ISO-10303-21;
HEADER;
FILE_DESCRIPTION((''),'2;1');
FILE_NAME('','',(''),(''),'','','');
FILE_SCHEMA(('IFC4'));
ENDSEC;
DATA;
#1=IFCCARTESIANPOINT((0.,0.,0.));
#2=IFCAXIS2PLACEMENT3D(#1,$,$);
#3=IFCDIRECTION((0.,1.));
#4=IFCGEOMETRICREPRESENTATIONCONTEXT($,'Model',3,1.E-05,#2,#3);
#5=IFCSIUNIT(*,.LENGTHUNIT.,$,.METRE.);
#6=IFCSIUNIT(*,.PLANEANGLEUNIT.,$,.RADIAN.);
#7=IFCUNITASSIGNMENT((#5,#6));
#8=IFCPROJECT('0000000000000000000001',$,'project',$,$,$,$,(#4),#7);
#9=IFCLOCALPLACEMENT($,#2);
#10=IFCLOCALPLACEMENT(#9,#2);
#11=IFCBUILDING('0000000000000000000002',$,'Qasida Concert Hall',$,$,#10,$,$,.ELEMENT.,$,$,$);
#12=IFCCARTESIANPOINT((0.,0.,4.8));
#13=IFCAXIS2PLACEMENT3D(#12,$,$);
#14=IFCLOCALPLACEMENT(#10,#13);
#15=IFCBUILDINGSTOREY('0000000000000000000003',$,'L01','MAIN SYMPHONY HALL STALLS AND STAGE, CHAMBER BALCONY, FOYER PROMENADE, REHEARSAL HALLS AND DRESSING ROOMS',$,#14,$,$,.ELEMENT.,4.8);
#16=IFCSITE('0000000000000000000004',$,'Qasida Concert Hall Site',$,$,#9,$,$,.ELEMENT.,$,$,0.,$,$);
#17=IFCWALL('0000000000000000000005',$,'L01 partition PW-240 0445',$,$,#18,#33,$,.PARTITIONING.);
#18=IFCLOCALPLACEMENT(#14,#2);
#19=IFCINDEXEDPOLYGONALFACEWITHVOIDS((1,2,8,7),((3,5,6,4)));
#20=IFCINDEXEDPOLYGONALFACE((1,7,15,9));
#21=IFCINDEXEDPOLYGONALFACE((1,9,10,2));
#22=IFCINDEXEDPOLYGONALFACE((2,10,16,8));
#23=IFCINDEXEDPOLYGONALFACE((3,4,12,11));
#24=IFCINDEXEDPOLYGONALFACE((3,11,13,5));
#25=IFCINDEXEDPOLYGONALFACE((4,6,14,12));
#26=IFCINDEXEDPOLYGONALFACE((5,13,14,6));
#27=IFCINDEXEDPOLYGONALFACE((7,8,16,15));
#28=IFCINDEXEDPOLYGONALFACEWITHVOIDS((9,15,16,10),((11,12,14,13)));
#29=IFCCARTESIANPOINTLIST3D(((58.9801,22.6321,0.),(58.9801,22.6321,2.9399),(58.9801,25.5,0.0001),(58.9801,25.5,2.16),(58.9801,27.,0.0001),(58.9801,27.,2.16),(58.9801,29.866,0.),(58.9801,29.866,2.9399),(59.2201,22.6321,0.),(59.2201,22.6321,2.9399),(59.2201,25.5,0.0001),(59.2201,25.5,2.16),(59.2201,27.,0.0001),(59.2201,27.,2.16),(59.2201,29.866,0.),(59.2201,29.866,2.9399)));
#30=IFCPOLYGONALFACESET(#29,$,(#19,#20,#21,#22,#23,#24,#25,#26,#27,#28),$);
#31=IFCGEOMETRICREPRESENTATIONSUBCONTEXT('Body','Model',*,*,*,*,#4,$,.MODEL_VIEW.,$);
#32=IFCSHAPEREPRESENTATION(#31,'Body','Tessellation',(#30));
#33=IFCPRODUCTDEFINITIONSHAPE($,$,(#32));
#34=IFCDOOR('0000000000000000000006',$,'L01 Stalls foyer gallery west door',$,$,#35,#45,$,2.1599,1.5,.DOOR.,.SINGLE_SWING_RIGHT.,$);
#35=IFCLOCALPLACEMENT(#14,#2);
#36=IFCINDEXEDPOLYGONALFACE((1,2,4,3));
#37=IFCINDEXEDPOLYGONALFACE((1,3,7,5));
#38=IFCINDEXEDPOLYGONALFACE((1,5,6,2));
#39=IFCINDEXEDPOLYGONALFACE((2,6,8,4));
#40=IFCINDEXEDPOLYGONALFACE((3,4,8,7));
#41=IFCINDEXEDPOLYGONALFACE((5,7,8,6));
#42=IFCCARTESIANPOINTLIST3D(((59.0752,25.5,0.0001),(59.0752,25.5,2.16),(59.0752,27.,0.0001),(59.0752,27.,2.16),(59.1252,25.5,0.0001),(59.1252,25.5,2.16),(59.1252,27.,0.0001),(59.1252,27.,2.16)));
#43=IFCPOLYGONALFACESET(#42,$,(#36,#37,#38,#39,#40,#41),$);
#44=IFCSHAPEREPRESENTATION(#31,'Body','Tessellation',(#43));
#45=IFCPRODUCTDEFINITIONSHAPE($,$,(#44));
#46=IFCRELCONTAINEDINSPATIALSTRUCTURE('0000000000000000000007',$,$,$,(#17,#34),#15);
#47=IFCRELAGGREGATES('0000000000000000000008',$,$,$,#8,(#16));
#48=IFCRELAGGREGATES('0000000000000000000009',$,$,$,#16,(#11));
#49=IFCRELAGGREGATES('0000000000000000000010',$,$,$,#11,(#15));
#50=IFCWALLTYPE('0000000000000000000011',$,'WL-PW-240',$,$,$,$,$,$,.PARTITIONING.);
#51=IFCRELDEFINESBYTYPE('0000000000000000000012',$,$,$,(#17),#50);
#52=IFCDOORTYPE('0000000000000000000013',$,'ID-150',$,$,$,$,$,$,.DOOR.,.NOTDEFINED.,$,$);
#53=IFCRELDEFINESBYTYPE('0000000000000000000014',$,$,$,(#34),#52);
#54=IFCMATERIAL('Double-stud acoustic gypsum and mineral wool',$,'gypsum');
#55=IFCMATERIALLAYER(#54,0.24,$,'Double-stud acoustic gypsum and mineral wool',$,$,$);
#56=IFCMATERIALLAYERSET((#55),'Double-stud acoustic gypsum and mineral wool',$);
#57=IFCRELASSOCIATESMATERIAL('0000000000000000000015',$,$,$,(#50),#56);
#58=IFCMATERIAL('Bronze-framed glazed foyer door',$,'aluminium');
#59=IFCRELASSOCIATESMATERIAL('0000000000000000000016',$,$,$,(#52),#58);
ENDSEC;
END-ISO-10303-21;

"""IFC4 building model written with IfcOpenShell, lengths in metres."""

from ifc_helpers import new_model, si_unit, direction, frame, frame_2d, origin, place, context, subcontext, project, spatial, rectangle, extrude, material, layer, layer_set, type_object, element, fill, save


model = new_model("IFC4")

# Units and contexts
model_context = context("Model", 3, precision=1e-05, world=origin(), true_north=direction((0.0, 1.0)))
body_context = subcontext(model_context, "Body", "Model", "MODEL_VIEW")
ifc_project = project(units=[si_unit("LENGTHUNIT", "METRE"), si_unit("PLANEANGLEUNIT", "RADIAN")], contexts=[model_context])

# Site, building, storey
site_placement = place(None, origin())
site = spatial("IfcSite", under=ifc_project, at=site_placement, Name="Qasida Concert Hall Site", CompositionType="ELEMENT", RefElevation=0.0)
building_placement = place(site_placement, origin())
building = spatial("IfcBuilding", under=site, at=building_placement, Name="Qasida Concert Hall", CompositionType="ELEMENT")
storey_placement = place(building_placement, frame((0.0, 0.0, 4.8)))
storey = spatial("IfcBuildingStorey", under=building, at=storey_placement, Name="L01", Description="MAIN SYMPHONY HALL STALLS AND STAGE, CHAMBER BALCONY, FOYER PROMENADE, REHEARSAL HALLS AND DRESSING ROOMS", CompositionType="ELEMENT", Elevation=4.8)

# Wall, opening, door
ifc_material_1 = material(Name="Double-stud acoustic gypsum and mineral wool", Category="gypsum")
ifc_layer_1 = layer(ifc_material_1, 0.24, Name="Double-stud acoustic gypsum and mineral wool")
ifc_layer_set_1 = layer_set([ifc_layer_1], Name="Double-stud acoustic gypsum and mineral wool")
wall_type = type_object("IfcWallType", Name="WL-PW-240", PredefinedType="PARTITIONING", material=ifc_layer_set_1)
wall_placement = place(storey_placement, frame((59.1001, 22.6321, 0.0), z_axis=(0.0, 0.0, 1.0), x_axis=(0.0, 1.0, 0.0)))
wall = element("IfcWall", 1, at=wall_placement, inside=storey, type_object=wall_type, Name="L01 partition PW-240 0445", PredefinedType="PARTITIONING", context=body_context, shape_type="SweptSolid", body=[
    extrude(rectangle(XDim=7.2339, YDim=0.24, at=frame_2d((3.6169, 0.0))), origin(), (0.0, 0.0, 1.0), 2.9399),
])
opening_placement = place(wall_placement, frame((2.8679, 0.0, 0.0)))
opening = element("IfcOpeningElement", 2, at=opening_placement, cuts=wall, PredefinedType="OPENING", context=body_context, shape_type="SweptSolid", body=[
    extrude(rectangle(XDim=1.5, YDim=2.1599, at=frame_2d((0.75, 1.0801))), frame((0.0, 0.1299, 0.0), z_axis=(0.0, -1.0, 0.0), x_axis=(1.0, 0.0, 0.0)), (0.0, 0.0, 1.0), 0.26),
])
ifc_material_2 = material(Name="Bronze-framed glazed foyer door", Category="aluminium")
door_type = type_object("IfcDoorType", Name="ID-150", OperationType="NOTDEFINED", PredefinedType="DOOR", material=ifc_material_2)
door_placement = place(opening_placement, origin())
door = element("IfcDoor", 3, at=door_placement, inside=storey, type_object=door_type, Name="L01 Stalls foyer gallery west door", OperationType="SINGLE_SWING_RIGHT", OverallHeight=2.1599, OverallWidth=1.5, PredefinedType="DOOR", context=body_context, shape_type="SweptSolid", body=[
    extrude(rectangle(XDim=1.5, YDim=2.1599, at=frame_2d((0.75, 1.0801))), frame((0.0, 0.0249, 0.0), z_axis=(0.0, -1.0, 0.0), x_axis=(1.0, 0.0, 0.0)), (0.0, 0.0, 1.0), 0.05),
])
fill(opening, door)

save(model, "model.ifc")
